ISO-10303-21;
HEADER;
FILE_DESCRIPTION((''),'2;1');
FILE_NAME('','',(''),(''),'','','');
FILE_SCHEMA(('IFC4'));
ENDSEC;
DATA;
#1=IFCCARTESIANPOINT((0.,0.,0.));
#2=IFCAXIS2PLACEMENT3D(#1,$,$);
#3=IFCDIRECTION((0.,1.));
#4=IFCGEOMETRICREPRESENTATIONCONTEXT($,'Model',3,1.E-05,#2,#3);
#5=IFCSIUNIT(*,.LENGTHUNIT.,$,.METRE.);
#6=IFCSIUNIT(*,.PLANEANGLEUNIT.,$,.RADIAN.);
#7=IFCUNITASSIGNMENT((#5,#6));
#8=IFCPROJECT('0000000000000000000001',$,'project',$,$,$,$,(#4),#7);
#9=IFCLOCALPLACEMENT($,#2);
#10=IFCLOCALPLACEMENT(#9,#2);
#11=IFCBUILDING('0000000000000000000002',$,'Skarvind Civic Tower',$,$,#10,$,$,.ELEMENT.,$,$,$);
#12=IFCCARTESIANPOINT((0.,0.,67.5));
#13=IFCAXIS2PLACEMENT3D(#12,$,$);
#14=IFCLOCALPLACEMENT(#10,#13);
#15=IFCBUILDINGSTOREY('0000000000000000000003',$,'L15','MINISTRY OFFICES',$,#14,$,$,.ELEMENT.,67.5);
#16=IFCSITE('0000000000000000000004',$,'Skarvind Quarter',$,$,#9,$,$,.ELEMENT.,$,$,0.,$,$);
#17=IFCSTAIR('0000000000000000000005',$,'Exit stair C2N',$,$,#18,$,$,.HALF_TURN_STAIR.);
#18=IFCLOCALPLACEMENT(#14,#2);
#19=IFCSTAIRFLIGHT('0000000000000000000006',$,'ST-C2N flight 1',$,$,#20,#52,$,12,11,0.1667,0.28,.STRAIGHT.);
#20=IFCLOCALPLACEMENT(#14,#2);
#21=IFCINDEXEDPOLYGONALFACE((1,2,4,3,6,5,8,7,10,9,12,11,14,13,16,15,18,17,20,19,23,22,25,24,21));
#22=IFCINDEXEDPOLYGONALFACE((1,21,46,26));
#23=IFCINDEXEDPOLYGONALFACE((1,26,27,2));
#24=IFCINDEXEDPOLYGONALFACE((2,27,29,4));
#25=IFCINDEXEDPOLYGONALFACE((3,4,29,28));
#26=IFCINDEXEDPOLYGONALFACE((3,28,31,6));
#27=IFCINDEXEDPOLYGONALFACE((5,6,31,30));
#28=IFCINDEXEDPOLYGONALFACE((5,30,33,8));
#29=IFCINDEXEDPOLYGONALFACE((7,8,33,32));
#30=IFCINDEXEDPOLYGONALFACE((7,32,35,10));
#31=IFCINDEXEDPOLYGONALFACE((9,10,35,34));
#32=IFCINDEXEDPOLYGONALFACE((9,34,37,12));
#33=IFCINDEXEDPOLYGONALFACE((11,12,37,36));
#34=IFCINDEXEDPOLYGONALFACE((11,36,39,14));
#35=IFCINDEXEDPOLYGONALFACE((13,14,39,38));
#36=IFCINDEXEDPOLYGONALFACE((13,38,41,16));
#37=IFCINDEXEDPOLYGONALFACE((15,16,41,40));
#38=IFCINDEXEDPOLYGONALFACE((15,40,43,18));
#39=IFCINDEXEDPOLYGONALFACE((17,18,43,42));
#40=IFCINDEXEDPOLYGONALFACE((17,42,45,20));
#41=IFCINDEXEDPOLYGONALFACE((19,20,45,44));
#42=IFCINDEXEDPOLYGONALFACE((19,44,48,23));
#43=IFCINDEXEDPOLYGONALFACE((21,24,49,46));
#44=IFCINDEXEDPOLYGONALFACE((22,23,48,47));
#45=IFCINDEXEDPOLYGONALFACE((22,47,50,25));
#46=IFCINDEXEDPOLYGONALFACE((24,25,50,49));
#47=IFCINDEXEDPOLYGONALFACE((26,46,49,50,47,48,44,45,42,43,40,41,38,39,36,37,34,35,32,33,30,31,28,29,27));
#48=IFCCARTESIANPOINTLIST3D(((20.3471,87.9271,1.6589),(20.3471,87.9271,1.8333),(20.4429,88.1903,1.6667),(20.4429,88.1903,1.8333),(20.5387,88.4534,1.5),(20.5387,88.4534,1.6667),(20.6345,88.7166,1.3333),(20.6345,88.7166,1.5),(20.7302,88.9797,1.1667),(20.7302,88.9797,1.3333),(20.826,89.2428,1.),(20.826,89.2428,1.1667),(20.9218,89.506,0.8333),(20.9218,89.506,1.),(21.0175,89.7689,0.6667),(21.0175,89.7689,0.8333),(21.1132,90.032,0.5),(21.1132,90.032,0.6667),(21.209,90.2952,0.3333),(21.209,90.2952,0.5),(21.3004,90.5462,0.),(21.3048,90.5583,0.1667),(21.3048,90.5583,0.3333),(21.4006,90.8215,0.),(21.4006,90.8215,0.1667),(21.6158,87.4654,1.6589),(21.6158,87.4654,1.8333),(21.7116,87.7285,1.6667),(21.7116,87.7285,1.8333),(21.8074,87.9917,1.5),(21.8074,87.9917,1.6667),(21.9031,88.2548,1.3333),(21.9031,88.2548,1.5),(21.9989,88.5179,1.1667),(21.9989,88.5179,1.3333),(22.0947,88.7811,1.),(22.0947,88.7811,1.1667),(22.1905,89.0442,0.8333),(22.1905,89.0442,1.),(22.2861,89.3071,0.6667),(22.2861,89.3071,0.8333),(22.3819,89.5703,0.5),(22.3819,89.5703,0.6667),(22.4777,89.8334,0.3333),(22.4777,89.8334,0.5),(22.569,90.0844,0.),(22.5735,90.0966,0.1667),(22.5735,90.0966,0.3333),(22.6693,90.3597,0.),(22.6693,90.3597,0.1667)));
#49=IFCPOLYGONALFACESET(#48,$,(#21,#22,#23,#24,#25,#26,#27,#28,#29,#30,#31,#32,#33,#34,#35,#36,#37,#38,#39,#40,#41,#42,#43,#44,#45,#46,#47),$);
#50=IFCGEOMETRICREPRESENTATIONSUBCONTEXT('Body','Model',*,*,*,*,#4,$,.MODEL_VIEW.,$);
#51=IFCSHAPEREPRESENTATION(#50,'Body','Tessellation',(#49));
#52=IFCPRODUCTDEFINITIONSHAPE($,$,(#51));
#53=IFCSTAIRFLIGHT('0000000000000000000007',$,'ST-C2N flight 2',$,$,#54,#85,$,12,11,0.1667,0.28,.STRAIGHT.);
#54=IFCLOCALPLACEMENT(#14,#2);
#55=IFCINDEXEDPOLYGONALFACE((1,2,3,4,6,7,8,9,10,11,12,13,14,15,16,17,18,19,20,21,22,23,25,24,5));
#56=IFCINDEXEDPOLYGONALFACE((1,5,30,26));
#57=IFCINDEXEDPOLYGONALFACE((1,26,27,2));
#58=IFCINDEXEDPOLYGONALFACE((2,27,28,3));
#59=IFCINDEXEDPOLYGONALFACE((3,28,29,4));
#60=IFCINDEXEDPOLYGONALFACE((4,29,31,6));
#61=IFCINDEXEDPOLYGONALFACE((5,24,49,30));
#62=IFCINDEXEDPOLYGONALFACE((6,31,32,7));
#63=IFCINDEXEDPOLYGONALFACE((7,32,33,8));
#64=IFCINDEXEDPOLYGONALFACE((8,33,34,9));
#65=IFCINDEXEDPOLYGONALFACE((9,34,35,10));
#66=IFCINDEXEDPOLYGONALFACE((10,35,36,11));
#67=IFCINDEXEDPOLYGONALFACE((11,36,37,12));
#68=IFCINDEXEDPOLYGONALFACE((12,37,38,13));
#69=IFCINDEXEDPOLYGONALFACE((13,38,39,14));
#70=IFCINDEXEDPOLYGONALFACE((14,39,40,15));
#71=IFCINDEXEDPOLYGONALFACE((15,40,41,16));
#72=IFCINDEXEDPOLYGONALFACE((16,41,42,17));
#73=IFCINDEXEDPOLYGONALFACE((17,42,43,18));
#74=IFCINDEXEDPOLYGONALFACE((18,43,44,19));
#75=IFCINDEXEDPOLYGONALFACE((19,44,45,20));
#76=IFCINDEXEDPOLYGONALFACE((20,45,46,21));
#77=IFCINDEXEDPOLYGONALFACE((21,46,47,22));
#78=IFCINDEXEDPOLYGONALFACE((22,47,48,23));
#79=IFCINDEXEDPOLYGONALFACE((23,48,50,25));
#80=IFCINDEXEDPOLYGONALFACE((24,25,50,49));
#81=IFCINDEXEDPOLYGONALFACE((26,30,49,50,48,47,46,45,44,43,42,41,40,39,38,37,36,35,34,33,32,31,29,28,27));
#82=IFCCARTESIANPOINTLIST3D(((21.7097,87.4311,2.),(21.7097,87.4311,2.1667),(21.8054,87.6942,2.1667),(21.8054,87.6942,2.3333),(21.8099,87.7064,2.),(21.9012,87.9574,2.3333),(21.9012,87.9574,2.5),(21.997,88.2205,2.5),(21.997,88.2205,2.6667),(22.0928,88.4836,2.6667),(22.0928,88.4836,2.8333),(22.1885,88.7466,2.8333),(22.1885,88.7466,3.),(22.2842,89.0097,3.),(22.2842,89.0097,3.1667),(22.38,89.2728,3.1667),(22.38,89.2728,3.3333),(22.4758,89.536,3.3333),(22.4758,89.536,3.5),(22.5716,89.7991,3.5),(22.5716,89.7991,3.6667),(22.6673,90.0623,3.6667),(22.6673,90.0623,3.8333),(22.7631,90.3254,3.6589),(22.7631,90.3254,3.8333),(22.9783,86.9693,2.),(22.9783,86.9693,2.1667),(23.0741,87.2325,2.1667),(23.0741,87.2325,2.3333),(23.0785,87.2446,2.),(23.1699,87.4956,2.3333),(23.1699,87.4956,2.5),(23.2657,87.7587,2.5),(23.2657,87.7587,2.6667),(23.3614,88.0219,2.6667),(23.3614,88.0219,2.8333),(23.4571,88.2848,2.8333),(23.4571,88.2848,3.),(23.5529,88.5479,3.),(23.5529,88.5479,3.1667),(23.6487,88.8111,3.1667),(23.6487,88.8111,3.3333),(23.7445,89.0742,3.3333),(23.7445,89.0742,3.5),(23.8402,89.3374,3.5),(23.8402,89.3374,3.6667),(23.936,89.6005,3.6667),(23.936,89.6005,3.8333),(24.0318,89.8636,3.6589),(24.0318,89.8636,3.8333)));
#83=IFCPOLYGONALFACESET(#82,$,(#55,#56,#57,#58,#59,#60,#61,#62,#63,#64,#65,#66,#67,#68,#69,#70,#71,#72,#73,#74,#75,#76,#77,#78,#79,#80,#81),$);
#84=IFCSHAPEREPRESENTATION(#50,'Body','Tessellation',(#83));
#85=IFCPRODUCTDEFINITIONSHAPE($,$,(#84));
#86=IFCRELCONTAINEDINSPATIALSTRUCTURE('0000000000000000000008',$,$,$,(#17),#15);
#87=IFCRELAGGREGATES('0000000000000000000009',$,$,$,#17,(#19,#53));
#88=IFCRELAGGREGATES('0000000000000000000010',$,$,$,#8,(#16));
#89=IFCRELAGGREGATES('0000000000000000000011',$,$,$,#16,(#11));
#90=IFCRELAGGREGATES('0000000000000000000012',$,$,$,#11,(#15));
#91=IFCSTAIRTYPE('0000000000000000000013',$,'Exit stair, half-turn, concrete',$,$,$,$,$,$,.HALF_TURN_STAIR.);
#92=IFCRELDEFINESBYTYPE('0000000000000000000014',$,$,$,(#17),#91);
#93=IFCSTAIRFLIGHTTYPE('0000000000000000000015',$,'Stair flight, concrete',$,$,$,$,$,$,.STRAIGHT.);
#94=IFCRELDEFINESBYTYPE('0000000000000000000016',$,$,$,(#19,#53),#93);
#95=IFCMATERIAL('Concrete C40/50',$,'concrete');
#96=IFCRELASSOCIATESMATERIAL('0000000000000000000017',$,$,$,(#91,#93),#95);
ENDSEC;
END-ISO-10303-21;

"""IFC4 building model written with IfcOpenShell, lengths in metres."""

from ifc_helpers import new_model, si_unit, direction, frame, origin, place, context, subcontext, project, spatial, polyline, outline, extrude, material, type_object, element, aggregate, save


model = new_model("IFC4")

# Units and contexts
model_context = context("Model", 3, precision=1e-05, world=origin(), true_north=direction((0.0, 1.0)))
body_context = subcontext(model_context, "Body", "Model", "MODEL_VIEW")
ifc_project = project(units=[si_unit("LENGTHUNIT", "METRE"), si_unit("PLANEANGLEUNIT", "RADIAN")], contexts=[model_context])

# Site, building, storey
site_placement = place(None, origin())
site = spatial("IfcSite", under=ifc_project, at=site_placement, Name="Skarvind Quarter", CompositionType="ELEMENT", RefElevation=0.0)
building_placement = place(site_placement, origin())
building = spatial("IfcBuilding", under=site, at=building_placement, Name="Skarvind Civic Tower", CompositionType="ELEMENT")
storey_placement = place(building_placement, frame((0.0, 0.0, 67.5)))
storey = spatial("IfcBuildingStorey", under=building, at=storey_placement, Name="L15", Description="MINISTRY OFFICES", CompositionType="ELEMENT", Elevation=67.5)

# Stair, stair flights
ifc_material_1 = material(Name="Concrete C40/50", Category="concrete")
stair_type = type_object("IfcStairType", Name="Exit stair, half-turn, concrete", PredefinedType="HALF_TURN_STAIR", material=ifc_material_1)
stair_placement = place(storey_placement, origin())
stair = element("IfcStair", 1, at=stair_placement, inside=storey, type_object=stair_type, Name="Exit stair C2N", PredefinedType="HALF_TURN_STAIR")
stair_flight_type = type_object("IfcStairFlightType", Name="Stair flight, concrete", PredefinedType="STRAIGHT", material=ifc_material_1)
stair_flight_1_placement = place(storey_placement, frame((22.0349, 90.5906, 0.0), z_axis=(0.0, 0.0, 1.0), x_axis=(-0.34202, -0.939693, 0.0)))
stair_flight_1 = element("IfcStairFlight", 2, at=stair_flight_1_placement, type_object=stair_flight_type, Name="ST-C2N flight 1", NumberOfRisers=12, NumberOfTreads=11, PredefinedType="STRAIGHT", RiserHeight=0.1667, TreadLength=0.28, context=body_context, shape_type="SweptSolid", body=[
    extrude(outline(polyline([(0.0, 0.0), (0.0, 0.1667), (0.28, 0.1667), (0.28, 0.3333), (0.5601, 0.3333), (0.5601, 0.5), (0.8401, 0.5), (0.8401, 0.6667), (1.1201, 0.6667), (1.1201, 0.8333), (1.3999, 0.8333), (1.3999, 1.0), (1.6799, 1.0), (1.6799, 1.1667), (1.96, 1.1667), (1.96, 1.3333), (2.24, 1.3333), (2.24, 1.5), (2.52, 1.5), (2.52, 1.6667), (2.8, 1.6667), (2.8, 1.8333), (3.0801, 1.8333), (3.0801, 2.0), (3.0801, 1.6589), (0.293, 0.0), (0.0, 0.0)])), frame((0.0, 0.675, 0.0), z_axis=(0.0, -1.0, 0.0), x_axis=(1.0, 0.0, 0.0)), (0.0, 0.0, 1.0), 1.3501),
])
stair_flight_2_placement = place(storey_placement, frame((22.344, 87.2002, 2.0), z_axis=(0.0, 0.0, 1.0), x_axis=(0.34202, 0.939693, 0.0)))
stair_flight_2 = element("IfcStairFlight", 3, at=stair_flight_2_placement, type_object=stair_flight_type, Name="ST-C2N flight 2", NumberOfRisers=12, NumberOfTreads=11, PredefinedType="STRAIGHT", RiserHeight=0.1667, TreadLength=0.28, context=body_context, shape_type="SweptSolid", body=[
    extrude(outline(polyline([(0.0, 0.0), (0.0, 0.1667), (0.28, 0.1667), (0.28, 0.3333), (0.5601, 0.3333), (0.5601, 0.5), (0.8401, 0.5), (0.8401, 0.6667), (1.1201, 0.6667), (1.1201, 0.8333), (1.3999, 0.8333), (1.3999, 1.0), (1.6799, 1.0), (1.6799, 1.1667), (1.96, 1.1667), (1.96, 1.3333), (2.24, 1.3333), (2.24, 1.5), (2.52, 1.5), (2.52, 1.6667), (2.8, 1.6667), (2.8, 1.8333), (3.0801, 1.8333), (3.0801, 2.0), (3.0801, 1.6589), (0.293, 0.0), (0.0, 0.0)])), frame((0.0, 0.675, 0.0), z_axis=(0.0, -1.0, 0.0), x_axis=(1.0, 0.0, 0.0)), (0.0, 0.0, 1.0), 1.3501),
])
aggregate(stair, [stair_flight_1, stair_flight_2])

save(model, "model.ifc")
